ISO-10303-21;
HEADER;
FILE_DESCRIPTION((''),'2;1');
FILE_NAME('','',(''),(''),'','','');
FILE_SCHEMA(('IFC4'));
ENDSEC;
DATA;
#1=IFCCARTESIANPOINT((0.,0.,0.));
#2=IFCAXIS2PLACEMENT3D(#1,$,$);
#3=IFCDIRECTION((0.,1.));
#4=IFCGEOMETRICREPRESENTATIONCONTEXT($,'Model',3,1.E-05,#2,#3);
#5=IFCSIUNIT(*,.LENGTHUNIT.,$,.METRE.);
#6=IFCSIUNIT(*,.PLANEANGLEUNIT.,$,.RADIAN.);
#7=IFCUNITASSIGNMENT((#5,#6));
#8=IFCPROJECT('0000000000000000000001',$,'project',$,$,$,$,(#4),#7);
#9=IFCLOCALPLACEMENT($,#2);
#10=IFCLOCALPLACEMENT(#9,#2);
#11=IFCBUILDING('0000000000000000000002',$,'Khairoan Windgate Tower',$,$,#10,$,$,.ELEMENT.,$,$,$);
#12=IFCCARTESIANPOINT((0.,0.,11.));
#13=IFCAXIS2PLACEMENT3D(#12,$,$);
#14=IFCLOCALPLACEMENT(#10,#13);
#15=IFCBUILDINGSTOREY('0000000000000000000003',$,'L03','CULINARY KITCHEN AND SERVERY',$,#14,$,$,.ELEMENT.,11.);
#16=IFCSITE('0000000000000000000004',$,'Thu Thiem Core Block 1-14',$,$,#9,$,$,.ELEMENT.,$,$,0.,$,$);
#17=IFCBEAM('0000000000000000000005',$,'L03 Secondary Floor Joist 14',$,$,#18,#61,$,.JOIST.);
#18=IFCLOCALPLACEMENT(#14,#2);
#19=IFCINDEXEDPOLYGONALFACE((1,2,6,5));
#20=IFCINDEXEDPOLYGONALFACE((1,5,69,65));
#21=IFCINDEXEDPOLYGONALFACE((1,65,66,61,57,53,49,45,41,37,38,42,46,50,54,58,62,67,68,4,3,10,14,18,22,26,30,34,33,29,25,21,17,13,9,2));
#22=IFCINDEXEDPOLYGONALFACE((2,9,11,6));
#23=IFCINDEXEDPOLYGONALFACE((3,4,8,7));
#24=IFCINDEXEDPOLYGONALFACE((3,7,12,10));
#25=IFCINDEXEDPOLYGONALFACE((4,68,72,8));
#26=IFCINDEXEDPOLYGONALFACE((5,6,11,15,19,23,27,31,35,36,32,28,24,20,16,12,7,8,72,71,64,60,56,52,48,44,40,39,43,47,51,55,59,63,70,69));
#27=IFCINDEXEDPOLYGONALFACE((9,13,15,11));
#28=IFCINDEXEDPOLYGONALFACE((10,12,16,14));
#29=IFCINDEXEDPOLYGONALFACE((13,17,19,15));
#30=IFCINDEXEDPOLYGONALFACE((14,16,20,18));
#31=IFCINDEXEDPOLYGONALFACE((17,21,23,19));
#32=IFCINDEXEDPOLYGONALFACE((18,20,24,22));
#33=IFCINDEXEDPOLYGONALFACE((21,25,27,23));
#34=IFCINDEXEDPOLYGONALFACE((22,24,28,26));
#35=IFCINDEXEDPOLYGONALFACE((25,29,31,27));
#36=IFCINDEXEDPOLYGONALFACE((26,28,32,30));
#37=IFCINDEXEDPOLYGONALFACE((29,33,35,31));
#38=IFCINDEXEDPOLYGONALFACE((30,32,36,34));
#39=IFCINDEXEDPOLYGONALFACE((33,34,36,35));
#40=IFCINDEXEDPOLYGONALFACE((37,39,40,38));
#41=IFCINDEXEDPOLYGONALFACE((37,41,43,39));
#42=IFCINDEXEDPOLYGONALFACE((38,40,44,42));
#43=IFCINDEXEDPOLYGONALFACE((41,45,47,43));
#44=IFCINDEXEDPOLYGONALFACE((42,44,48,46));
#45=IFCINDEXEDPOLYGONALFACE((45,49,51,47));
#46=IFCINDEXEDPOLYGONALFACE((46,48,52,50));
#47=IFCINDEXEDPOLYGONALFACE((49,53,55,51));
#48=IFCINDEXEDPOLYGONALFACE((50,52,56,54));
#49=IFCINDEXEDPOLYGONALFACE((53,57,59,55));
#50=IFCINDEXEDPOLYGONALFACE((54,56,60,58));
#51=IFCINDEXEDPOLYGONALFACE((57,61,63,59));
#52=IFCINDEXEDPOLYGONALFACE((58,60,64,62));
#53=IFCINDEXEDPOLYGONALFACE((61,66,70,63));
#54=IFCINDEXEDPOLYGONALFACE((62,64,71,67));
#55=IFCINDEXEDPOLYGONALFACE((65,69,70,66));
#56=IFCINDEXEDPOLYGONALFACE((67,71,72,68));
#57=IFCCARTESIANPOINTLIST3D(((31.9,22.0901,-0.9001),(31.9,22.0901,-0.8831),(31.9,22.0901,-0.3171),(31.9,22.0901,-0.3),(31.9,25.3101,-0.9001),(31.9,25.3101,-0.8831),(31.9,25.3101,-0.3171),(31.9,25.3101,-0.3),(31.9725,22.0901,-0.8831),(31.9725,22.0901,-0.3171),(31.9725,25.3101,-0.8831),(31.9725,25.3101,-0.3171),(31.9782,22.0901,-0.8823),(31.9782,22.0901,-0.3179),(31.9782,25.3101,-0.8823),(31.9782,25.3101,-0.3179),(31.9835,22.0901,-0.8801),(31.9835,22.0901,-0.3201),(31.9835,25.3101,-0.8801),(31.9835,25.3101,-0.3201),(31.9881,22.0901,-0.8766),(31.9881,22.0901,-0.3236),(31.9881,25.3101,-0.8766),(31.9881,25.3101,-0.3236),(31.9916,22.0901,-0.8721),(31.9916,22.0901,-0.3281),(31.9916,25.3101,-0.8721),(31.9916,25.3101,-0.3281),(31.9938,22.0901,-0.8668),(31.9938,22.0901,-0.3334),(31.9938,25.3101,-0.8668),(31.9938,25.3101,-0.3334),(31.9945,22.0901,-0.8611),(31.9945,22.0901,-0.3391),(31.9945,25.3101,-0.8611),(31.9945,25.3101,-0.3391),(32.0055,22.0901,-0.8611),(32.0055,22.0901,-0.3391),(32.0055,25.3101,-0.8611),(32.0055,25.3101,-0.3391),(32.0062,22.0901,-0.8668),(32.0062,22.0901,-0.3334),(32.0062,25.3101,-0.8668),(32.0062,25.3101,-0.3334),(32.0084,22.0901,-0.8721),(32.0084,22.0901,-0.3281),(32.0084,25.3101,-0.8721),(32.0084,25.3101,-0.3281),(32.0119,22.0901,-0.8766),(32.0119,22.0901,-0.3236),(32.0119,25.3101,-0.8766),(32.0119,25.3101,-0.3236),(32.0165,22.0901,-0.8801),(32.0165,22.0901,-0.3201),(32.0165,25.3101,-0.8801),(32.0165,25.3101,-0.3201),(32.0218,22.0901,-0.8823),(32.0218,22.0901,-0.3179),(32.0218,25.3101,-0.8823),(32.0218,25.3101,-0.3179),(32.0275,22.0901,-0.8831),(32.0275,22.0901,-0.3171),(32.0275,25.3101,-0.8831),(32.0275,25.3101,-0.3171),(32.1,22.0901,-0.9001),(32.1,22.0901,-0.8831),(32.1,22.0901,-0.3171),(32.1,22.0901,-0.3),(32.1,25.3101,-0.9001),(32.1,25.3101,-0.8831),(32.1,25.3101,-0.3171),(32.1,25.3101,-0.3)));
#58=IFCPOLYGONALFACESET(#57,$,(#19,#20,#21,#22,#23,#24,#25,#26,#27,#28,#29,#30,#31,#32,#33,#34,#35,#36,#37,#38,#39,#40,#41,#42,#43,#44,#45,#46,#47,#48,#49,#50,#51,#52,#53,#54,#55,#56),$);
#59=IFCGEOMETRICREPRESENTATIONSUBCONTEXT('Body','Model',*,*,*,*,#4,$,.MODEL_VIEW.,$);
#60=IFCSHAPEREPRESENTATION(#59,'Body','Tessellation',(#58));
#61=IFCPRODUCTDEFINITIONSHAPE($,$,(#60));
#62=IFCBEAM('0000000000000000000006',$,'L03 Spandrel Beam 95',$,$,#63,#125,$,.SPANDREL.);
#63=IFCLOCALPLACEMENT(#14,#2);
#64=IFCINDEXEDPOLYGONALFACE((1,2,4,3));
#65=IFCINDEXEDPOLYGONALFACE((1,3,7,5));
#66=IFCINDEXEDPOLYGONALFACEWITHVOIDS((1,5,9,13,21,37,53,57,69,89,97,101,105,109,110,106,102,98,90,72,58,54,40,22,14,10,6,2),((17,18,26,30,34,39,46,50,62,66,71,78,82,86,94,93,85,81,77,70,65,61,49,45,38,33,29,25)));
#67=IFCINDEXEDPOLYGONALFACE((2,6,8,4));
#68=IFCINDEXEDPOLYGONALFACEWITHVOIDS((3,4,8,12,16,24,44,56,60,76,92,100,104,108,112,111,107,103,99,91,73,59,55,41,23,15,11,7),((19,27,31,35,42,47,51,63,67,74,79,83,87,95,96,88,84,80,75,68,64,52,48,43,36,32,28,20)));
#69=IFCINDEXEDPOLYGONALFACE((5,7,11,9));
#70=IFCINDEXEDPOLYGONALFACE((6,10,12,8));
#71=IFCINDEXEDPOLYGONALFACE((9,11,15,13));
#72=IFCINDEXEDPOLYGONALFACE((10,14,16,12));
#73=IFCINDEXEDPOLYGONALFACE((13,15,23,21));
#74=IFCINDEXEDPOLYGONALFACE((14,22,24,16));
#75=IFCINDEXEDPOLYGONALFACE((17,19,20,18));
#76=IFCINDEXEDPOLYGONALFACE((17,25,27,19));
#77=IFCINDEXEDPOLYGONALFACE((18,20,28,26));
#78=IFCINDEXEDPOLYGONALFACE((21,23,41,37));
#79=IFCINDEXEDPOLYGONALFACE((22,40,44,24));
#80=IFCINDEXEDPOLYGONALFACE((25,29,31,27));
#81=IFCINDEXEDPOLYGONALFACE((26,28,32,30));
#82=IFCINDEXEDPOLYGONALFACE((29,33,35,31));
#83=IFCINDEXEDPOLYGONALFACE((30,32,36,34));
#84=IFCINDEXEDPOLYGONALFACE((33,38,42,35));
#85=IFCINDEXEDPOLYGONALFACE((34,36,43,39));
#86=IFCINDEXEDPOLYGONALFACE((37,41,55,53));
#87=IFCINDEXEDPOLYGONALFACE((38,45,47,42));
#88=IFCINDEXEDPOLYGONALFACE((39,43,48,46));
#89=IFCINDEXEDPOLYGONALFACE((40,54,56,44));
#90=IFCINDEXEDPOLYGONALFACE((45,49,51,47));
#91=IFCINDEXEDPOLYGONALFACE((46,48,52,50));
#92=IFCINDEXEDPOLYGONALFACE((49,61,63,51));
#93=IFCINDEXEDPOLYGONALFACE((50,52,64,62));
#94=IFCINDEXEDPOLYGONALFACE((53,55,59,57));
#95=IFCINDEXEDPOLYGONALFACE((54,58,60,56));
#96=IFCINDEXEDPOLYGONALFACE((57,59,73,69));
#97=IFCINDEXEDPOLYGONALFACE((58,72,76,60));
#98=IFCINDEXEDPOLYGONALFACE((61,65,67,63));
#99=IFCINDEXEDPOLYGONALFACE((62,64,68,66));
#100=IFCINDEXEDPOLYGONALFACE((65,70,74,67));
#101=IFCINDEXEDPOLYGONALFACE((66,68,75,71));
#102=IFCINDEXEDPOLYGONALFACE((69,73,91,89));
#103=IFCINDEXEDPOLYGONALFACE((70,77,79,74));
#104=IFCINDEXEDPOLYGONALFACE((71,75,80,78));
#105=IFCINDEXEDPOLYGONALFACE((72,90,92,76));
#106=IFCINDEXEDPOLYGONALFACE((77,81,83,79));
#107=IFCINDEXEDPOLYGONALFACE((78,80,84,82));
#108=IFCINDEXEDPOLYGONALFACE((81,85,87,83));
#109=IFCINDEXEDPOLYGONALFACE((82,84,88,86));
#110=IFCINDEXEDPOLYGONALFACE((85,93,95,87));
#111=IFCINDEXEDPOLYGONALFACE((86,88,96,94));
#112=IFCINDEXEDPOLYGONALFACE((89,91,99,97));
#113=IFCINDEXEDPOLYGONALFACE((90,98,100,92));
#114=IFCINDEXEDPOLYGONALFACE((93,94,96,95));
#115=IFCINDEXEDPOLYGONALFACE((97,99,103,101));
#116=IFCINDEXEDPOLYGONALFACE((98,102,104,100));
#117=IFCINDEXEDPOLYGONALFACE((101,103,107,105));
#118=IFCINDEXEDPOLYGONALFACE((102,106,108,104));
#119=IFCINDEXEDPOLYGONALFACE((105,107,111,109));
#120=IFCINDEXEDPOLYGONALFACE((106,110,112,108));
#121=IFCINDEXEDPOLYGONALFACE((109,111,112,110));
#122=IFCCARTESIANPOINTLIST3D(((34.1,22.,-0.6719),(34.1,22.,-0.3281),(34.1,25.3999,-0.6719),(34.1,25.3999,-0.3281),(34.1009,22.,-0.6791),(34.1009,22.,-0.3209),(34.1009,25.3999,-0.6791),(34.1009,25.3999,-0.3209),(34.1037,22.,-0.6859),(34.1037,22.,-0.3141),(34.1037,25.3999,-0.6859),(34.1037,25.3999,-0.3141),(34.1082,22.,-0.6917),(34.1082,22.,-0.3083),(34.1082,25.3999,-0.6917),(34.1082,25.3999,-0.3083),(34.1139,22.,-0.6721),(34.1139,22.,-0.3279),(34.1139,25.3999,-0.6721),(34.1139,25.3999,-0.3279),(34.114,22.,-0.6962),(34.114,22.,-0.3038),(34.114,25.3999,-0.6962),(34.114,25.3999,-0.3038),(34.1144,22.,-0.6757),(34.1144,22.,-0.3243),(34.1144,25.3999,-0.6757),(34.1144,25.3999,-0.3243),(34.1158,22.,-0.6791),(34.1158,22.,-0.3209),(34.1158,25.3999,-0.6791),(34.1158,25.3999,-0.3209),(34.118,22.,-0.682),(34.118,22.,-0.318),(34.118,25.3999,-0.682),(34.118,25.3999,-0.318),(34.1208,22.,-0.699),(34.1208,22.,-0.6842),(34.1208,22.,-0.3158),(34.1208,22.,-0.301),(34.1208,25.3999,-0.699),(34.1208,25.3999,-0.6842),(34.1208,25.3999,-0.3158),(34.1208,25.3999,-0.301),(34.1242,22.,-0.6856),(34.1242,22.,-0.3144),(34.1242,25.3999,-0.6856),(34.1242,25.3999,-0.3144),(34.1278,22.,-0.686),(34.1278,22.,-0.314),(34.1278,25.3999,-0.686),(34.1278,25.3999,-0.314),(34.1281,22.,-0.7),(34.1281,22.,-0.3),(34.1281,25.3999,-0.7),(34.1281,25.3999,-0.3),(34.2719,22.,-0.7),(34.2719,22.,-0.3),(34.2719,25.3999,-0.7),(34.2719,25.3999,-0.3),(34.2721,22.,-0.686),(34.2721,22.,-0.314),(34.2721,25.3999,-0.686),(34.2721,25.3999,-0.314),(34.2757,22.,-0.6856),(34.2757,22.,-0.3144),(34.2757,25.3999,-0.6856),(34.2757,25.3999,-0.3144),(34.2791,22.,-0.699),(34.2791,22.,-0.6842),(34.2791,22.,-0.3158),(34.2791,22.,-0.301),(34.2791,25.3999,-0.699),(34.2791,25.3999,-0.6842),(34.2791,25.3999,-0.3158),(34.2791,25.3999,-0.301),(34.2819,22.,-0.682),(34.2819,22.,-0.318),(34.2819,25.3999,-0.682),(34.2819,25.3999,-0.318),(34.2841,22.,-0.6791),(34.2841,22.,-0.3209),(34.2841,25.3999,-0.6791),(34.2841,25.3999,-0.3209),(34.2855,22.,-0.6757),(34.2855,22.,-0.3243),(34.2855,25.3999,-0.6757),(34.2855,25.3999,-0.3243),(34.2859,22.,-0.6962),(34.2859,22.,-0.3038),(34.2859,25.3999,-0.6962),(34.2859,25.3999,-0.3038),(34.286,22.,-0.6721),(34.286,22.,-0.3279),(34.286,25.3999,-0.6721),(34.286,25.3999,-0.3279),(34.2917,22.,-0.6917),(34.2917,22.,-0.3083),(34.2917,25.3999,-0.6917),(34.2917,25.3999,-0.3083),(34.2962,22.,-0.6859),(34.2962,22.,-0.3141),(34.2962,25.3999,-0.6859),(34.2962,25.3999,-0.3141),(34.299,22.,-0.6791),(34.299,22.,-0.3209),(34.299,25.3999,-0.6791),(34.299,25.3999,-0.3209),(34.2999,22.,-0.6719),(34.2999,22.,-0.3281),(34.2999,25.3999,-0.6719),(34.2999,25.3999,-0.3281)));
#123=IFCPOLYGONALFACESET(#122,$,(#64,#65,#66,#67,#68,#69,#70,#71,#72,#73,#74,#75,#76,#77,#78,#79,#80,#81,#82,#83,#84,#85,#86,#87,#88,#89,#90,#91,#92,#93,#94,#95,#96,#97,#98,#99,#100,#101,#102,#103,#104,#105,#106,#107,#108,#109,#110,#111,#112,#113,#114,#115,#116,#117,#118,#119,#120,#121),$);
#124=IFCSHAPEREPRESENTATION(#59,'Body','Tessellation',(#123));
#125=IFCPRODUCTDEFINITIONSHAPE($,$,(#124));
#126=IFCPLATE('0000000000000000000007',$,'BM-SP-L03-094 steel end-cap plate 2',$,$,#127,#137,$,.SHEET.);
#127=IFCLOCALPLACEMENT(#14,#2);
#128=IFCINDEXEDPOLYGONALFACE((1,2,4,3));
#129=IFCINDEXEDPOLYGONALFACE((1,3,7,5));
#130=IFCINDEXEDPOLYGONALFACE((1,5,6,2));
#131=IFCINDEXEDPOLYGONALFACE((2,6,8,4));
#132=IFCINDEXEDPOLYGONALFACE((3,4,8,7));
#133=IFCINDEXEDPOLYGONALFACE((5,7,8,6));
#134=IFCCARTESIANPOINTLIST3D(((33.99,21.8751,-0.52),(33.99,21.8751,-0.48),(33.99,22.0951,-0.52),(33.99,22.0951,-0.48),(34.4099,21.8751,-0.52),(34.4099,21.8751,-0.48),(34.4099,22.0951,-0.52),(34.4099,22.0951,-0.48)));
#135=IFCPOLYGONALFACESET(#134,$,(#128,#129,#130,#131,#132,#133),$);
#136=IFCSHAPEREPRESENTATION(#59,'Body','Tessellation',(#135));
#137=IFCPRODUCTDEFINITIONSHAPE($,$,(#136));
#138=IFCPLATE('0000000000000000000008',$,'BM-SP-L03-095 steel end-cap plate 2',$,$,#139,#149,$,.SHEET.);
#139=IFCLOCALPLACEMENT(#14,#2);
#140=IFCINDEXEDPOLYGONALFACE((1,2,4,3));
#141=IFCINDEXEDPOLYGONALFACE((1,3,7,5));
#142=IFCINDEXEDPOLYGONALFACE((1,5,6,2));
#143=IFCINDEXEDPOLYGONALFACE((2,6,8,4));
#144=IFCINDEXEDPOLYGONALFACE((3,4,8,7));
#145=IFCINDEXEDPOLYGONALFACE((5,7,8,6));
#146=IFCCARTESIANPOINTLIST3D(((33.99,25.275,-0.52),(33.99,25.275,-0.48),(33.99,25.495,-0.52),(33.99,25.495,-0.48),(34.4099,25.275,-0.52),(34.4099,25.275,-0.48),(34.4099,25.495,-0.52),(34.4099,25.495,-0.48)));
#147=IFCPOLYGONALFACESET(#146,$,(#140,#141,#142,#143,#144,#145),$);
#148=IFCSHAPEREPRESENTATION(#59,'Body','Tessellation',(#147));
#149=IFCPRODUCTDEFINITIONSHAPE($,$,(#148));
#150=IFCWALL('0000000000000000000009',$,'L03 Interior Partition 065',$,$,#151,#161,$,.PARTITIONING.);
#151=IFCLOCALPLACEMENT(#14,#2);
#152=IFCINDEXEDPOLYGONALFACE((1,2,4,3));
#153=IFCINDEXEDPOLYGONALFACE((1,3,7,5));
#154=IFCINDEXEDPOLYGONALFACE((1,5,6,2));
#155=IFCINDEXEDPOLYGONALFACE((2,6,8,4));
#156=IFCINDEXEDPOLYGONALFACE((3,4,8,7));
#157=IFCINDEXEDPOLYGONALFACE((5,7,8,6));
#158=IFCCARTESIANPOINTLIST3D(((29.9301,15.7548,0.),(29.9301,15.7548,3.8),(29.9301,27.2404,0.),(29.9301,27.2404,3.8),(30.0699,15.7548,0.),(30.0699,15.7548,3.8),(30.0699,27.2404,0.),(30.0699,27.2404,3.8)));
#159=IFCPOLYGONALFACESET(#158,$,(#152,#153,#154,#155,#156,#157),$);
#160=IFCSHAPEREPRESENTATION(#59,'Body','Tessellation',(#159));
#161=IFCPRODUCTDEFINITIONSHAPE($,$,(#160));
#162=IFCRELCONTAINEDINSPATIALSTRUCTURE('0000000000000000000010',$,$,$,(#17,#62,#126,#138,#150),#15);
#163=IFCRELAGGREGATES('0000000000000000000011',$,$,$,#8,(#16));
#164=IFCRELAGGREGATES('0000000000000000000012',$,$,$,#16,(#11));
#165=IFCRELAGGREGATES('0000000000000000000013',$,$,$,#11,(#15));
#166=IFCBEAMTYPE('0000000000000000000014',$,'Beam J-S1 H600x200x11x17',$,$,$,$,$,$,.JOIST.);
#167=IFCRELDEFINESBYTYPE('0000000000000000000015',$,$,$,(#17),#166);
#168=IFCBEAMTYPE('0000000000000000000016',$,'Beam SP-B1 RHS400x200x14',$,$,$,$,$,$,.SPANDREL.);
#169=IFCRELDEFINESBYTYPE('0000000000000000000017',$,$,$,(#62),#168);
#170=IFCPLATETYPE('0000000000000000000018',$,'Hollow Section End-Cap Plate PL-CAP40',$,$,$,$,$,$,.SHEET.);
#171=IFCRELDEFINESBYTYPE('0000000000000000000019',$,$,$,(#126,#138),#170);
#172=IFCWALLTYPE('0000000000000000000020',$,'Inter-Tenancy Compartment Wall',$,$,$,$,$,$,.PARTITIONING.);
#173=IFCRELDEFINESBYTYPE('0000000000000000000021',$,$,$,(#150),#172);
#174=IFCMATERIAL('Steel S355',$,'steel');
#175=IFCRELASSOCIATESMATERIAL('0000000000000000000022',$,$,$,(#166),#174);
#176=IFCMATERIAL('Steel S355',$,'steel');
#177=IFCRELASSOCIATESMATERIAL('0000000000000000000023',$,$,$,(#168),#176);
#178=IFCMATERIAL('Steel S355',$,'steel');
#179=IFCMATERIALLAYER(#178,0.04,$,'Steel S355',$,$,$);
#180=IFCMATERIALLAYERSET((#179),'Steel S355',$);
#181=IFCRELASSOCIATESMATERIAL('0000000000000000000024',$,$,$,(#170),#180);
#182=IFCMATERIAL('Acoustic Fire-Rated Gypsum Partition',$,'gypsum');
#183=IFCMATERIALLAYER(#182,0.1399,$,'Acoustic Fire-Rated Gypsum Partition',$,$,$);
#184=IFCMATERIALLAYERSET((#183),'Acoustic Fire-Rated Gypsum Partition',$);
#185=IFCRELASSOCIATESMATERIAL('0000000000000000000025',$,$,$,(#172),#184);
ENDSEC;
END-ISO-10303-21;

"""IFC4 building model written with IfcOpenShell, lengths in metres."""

from ifc_helpers import new_model, si_unit, direction, frame, frame_2d, origin, origin_2d, place, context, subcontext, project, spatial, rectangle, hollow_rectangle, i_section, extrude, material, layer, layer_set, material_profile, profile_set, type_object, element, save


model = new_model("IFC4")

# Units and contexts
model_context = context("Model", 3, precision=1e-05, world=origin(), true_north=direction((0.0, 1.0)))
body_context = subcontext(model_context, "Body", "Model", "MODEL_VIEW")
ifc_project = project(units=[si_unit("LENGTHUNIT", "METRE"), si_unit("PLANEANGLEUNIT", "RADIAN")], contexts=[model_context])

# Site, building, storey
site_placement = place(None, origin())
site = spatial("IfcSite", under=ifc_project, at=site_placement, Name="Thu Thiem Core Block 1-14", CompositionType="ELEMENT", RefElevation=0.0)
building_placement = place(site_placement, origin())
building = spatial("IfcBuilding", under=site, at=building_placement, Name="Khairoan Windgate Tower", CompositionType="ELEMENT")
storey_placement = place(building_placement, frame((0.0, 0.0, 11.0)))
storey = spatial("IfcBuildingStorey", under=building, at=storey_placement, Name="L03", Description="CULINARY KITCHEN AND SERVERY", CompositionType="ELEMENT", Elevation=11.0)

# Beams
ifc_material_1 = material(Name="Steel S355", Category="steel")
ifc_material_profile_1 = material_profile(ifc_material_1, i_section(OverallWidth=0.2, OverallDepth=0.6001, WebThickness=0.011, FlangeThickness=0.0171, FilletRadius=0.022, at=origin_2d()))
ifc_profile_set_1 = profile_set([ifc_material_profile_1], Name="Steel S355")
beam_type_1 = type_object("IfcBeamType", Name="Beam J-S1 H600x200x11x17", PredefinedType="JOIST", material=ifc_profile_set_1)
beam_1_placement = place(storey_placement, frame((32.0, 22.0901, -0.6001), z_axis=(0.0, 1.0, 0.0), x_axis=(-1.0, 0.0, 0.0)))
element("IfcBeam", 1, at=beam_1_placement, inside=storey, type_object=beam_type_1, Name="L03 Secondary Floor Joist 14", PredefinedType="JOIST", context=body_context, shape_type="SweptSolid", body=[
    extrude(i_section(OverallWidth=0.2, OverallDepth=0.6001, WebThickness=0.011, FlangeThickness=0.0171, FilletRadius=0.022, at=origin_2d()), origin(), (0.0, 0.0, 1.0), 3.22),
])
ifc_material_2 = material(Name="Steel S355", Category="steel")
ifc_material_profile_2 = material_profile(ifc_material_2, hollow_rectangle(XDim=0.2, YDim=0.3999, WallThickness=0.0139, InnerFilletRadius=0.0139, OuterFilletRadius=0.0281, at=origin_2d()))
ifc_profile_set_2 = profile_set([ifc_material_profile_2], Name="Steel S355")
beam_type_2 = type_object("IfcBeamType", Name="Beam SP-B1 RHS400x200x14", PredefinedType="SPANDREL", material=ifc_profile_set_2)
beam_2_placement = place(storey_placement, frame((34.2, 22.0, -0.5), z_axis=(0.0, 1.0, 0.0), x_axis=(-1.0, 0.0, 0.0)))
element("IfcBeam", 2, at=beam_2_placement, inside=storey, type_object=beam_type_2, Name="L03 Spandrel Beam 95", PredefinedType="SPANDREL", context=body_context, shape_type="SweptSolid", body=[
    extrude(hollow_rectangle(XDim=0.2, YDim=0.3999, WallThickness=0.0139, InnerFilletRadius=0.0139, OuterFilletRadius=0.0281, at=origin_2d()), origin(), (0.0, 0.0, 1.0), 3.3999),
])

# Plates
ifc_material_3 = material(Name="Steel S355", Category="steel")
ifc_layer_1 = layer(ifc_material_3, 0.04, Name="Steel S355")
ifc_layer_set_1 = layer_set([ifc_layer_1], Name="Steel S355")
plate_type_1 = type_object("IfcPlateType", Name="Hollow Section End-Cap Plate PL-CAP40", PredefinedType="SHEET", material=ifc_layer_set_1)
for number, where, z_axis, x_axis, name in (
    (3, (34.2, 21.9851, -0.52), (0.0, 0.0, 1.0), (0.0, 1.0, 0.0), "BM-SP-L03-094 steel end-cap plate 2"),
    (4, (34.2, 25.385, -0.52), (0.0, 0.0, 1.0), (0.0, 1.0, 0.0), "BM-SP-L03-095 steel end-cap plate 2"),
):
    element("IfcPlate", number, at=place(storey_placement, frame(where, z_axis=z_axis, x_axis=x_axis)), inside=storey, type_object=plate_type_1, Name=name, PredefinedType="SHEET", context=body_context, shape_type="SweptSolid", body=[
        extrude(rectangle(XDim=0.22, YDim=0.4199, at=origin_2d()), origin(), (0.0, 0.0, 1.0), 0.04),
    ])

# Wall
ifc_material_4 = material(Name="Acoustic Fire-Rated Gypsum Partition", Category="gypsum")
ifc_layer_2 = layer(ifc_material_4, 0.1399, Name="Acoustic Fire-Rated Gypsum Partition")
ifc_layer_set_2 = layer_set([ifc_layer_2], Name="Acoustic Fire-Rated Gypsum Partition")
wall_type_1 = type_object("IfcWallType", Name="Inter-Tenancy Compartment Wall", PredefinedType="PARTITIONING", material=ifc_layer_set_2)
wall_1_placement = place(storey_placement, frame((30.0, 15.7549, 0.0), z_axis=(0.0, 0.0, 1.0), x_axis=(0.0, 1.0, 0.0)))
element("IfcWall", 5, at=wall_1_placement, inside=storey, type_object=wall_type_1, Name="L03 Interior Partition 065", PredefinedType="PARTITIONING", context=body_context, shape_type="SweptSolid", body=[
    extrude(rectangle(XDim=11.4856, YDim=0.1399, at=frame_2d((5.7427, 0.0))), origin(), (0.0, 0.0, 1.0), 3.8),
])

save(model, "model.ifc")
